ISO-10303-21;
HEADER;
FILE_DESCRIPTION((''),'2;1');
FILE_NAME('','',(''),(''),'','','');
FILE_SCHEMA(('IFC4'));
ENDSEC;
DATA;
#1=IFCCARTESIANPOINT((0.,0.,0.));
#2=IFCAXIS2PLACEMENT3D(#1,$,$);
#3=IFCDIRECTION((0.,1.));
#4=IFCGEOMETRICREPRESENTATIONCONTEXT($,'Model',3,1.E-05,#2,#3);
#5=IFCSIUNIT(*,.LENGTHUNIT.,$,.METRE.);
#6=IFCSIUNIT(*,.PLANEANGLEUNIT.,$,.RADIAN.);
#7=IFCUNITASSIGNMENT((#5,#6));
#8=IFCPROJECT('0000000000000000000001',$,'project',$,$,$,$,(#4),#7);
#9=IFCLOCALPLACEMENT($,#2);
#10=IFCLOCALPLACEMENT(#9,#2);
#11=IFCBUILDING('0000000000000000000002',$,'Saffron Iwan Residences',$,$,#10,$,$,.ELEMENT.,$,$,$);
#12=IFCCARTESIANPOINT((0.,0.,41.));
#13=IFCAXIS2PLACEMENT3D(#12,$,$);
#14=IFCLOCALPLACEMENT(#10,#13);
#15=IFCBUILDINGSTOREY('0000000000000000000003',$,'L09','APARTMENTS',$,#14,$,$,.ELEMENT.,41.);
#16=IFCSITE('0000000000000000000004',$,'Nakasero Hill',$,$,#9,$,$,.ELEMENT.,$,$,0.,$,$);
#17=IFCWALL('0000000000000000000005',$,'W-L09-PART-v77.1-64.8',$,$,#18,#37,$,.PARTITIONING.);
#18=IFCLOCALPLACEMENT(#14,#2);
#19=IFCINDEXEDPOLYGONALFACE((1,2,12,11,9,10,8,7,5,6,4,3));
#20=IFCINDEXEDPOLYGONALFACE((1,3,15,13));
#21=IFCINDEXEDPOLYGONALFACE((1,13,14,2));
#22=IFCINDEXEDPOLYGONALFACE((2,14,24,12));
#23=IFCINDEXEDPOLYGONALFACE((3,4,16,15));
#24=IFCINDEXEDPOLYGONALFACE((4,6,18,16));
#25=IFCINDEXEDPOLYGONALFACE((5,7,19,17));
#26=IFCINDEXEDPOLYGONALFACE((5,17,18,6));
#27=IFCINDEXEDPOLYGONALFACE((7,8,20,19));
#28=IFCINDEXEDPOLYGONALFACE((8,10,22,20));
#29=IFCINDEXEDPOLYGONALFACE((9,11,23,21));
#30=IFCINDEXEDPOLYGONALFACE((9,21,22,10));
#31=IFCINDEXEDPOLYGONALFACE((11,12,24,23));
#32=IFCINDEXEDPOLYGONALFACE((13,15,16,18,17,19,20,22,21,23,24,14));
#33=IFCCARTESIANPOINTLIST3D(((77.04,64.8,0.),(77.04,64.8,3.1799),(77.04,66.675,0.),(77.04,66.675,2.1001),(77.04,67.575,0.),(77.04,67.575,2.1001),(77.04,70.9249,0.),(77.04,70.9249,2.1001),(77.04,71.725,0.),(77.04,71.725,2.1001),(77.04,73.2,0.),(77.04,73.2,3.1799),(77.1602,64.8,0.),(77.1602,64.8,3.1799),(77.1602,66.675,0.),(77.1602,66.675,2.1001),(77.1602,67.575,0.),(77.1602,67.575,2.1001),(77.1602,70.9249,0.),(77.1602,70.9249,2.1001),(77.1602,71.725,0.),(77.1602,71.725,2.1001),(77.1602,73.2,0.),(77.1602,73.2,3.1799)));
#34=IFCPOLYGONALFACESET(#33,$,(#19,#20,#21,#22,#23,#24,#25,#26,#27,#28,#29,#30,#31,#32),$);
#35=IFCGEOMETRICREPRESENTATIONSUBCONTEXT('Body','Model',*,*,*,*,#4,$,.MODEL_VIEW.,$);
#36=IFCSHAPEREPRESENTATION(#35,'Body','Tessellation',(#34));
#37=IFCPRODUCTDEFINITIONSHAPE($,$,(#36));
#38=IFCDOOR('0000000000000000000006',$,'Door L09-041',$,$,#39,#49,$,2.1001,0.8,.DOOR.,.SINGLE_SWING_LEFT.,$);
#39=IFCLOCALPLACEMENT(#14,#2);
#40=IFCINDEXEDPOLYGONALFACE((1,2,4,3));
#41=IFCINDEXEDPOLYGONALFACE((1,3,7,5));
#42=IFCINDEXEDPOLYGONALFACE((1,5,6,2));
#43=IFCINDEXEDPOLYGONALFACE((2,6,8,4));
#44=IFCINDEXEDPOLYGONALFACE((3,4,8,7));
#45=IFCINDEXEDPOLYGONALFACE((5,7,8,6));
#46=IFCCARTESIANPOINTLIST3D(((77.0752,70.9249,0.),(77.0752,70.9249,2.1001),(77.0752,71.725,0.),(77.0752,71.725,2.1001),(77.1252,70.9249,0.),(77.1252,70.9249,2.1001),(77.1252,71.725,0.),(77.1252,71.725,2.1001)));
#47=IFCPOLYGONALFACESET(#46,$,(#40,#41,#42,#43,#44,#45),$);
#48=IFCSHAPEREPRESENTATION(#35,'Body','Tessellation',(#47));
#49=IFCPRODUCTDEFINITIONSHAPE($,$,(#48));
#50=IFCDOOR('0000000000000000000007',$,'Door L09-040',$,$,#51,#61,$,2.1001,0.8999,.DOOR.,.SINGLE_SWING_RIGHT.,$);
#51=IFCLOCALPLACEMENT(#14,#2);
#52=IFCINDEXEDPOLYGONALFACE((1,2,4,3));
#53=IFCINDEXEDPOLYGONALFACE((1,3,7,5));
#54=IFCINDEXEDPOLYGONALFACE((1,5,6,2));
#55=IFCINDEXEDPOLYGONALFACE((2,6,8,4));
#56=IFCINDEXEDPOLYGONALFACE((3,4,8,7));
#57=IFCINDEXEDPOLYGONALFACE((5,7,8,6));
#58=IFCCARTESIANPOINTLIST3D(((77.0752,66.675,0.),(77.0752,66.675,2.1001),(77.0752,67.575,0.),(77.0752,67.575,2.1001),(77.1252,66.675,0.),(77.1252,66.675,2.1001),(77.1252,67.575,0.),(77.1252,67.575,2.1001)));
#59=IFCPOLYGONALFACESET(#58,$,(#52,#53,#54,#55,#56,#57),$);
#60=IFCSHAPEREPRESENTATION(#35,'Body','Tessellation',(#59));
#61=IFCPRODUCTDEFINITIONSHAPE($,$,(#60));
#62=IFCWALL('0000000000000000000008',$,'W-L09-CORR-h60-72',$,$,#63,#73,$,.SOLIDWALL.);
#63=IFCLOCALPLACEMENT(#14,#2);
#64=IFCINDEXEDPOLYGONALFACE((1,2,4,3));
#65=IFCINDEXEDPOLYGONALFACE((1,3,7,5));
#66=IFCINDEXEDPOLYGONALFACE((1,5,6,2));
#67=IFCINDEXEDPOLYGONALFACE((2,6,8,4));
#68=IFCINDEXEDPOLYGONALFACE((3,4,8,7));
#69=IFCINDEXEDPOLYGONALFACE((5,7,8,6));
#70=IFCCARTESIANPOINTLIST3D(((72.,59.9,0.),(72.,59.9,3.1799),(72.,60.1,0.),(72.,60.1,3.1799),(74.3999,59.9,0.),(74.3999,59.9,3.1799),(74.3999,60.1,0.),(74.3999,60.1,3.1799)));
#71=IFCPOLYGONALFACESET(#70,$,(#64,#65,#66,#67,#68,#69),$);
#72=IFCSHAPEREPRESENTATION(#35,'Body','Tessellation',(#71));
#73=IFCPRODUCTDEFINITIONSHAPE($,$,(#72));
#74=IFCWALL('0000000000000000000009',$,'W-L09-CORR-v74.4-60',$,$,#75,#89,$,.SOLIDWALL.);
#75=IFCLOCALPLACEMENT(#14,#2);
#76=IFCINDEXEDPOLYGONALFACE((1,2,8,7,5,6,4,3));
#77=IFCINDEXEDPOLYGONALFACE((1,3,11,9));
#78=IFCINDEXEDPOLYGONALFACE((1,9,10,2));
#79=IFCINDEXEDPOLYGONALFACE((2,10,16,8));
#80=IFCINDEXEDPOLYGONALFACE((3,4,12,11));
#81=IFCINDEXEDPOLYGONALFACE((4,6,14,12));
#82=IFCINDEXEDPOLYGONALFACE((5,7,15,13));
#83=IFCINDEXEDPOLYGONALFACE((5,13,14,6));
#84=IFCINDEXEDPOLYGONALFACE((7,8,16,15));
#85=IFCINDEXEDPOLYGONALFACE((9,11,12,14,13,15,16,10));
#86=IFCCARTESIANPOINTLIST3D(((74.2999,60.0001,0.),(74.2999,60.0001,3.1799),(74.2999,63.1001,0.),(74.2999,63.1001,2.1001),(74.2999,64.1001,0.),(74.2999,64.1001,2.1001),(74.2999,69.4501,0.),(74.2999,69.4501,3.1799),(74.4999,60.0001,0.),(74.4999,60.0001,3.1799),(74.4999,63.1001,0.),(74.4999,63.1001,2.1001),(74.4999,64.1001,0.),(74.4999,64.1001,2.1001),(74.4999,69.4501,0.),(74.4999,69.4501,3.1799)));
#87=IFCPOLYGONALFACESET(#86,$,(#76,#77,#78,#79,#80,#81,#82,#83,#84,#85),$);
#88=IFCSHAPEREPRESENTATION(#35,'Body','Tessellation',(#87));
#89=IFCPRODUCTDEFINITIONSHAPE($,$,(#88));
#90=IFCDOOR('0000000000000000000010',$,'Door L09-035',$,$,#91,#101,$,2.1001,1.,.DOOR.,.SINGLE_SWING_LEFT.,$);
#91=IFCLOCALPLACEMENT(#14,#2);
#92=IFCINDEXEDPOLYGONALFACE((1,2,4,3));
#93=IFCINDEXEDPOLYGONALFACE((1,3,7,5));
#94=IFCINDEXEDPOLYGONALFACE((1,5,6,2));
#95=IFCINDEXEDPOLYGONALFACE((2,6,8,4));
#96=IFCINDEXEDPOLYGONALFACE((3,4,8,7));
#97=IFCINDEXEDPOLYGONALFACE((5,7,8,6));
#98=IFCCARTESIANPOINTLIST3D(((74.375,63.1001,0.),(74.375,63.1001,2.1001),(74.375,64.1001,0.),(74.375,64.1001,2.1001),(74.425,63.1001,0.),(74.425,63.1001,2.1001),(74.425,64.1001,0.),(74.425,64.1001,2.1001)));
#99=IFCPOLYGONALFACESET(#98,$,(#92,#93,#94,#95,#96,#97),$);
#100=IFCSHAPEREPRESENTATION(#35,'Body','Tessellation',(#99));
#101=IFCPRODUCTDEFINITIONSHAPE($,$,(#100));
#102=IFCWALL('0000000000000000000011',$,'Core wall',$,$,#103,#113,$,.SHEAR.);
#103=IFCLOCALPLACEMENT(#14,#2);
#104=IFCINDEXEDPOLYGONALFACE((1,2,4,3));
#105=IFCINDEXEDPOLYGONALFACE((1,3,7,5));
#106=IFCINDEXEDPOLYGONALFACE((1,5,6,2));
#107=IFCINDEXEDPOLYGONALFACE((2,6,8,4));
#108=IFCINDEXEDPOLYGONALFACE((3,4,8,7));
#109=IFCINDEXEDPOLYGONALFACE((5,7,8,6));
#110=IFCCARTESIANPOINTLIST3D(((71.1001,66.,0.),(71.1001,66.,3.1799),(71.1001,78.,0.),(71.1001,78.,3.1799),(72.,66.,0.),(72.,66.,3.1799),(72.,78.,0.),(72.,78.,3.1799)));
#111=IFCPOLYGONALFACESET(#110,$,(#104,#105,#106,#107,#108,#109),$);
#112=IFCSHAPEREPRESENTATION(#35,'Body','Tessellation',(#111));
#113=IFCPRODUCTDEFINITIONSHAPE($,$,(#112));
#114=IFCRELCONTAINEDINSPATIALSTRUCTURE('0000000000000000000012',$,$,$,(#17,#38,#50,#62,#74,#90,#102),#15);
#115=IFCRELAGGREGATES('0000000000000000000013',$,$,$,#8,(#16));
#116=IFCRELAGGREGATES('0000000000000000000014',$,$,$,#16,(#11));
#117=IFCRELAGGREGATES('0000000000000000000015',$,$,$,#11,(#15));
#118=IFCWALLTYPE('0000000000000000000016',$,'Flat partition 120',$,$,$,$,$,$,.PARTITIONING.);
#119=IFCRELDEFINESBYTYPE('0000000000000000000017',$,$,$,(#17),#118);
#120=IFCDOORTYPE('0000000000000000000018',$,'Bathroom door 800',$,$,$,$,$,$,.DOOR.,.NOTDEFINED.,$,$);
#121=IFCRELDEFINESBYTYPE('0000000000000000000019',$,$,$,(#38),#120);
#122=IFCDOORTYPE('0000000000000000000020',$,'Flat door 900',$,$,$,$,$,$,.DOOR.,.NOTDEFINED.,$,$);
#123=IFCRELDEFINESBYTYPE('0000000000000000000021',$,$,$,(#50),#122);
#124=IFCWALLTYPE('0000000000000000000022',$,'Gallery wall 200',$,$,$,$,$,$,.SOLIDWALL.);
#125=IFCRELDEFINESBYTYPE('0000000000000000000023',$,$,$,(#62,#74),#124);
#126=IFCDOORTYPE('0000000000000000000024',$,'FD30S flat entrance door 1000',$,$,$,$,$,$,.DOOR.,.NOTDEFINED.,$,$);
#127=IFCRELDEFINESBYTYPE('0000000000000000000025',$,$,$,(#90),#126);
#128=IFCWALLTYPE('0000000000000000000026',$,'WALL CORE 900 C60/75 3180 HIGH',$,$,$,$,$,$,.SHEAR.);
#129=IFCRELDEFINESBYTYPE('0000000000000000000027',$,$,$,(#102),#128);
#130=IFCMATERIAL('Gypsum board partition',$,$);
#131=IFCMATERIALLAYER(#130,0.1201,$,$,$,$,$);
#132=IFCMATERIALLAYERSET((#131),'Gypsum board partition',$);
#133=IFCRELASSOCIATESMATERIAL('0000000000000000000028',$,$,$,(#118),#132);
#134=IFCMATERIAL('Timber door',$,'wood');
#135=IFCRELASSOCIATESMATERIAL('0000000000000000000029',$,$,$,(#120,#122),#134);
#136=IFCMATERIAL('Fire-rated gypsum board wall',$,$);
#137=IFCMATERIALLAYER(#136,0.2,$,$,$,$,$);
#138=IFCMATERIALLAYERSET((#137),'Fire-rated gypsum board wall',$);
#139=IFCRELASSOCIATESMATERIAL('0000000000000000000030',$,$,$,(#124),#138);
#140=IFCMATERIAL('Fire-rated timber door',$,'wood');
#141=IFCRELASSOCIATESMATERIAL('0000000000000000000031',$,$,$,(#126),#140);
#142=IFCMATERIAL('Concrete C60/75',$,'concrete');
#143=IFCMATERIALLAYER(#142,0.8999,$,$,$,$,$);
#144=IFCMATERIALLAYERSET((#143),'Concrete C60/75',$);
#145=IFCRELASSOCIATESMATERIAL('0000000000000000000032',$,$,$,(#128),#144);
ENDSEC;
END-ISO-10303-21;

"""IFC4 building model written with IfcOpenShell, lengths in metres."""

from ifc_helpers import new_model, si_unit, direction, frame, frame_2d, origin, place, context, subcontext, project, spatial, rectangle, extrude, material, layer, layer_set, type_object, element, fill, save


model = new_model("IFC4")

# Units and contexts
model_context = context("Model", 3, precision=1e-05, world=origin(), true_north=direction((0.0, 1.0)))
body_context = subcontext(model_context, "Body", "Model", "MODEL_VIEW")
ifc_project = project(units=[si_unit("LENGTHUNIT", "METRE"), si_unit("PLANEANGLEUNIT", "RADIAN")], contexts=[model_context])

# Site, building, storey
site_placement = place(None, origin())
site = spatial("IfcSite", under=ifc_project, at=site_placement, Name="Nakasero Hill", CompositionType="ELEMENT", RefElevation=0.0)
building_placement = place(site_placement, origin())
building = spatial("IfcBuilding", under=site, at=building_placement, Name="Saffron Iwan Residences", CompositionType="ELEMENT")
storey_placement = place(building_placement, frame((0.0, 0.0, 41.0)))
storey = spatial("IfcBuildingStorey", under=building, at=storey_placement, Name="L09", Description="APARTMENTS", CompositionType="ELEMENT", Elevation=41.0)

# Shared definitions
ifc_material_1 = material(Name="Concrete C60/75", Category="concrete")

# Shared definitions
ifc_material_2 = material(Name="Fire-rated gypsum board wall")

# Shared definitions
ifc_material_3 = material(Name="Gypsum board partition")
ifc_layer_1 = layer(ifc_material_3, 0.1201)
ifc_layer_set_1 = layer_set([ifc_layer_1], Name="Gypsum board partition")
wall_type_1 = type_object("IfcWallType", Name="Flat partition 120", PredefinedType="PARTITIONING", material=ifc_layer_set_1)
ifc_material_4 = material(Name="Timber door", Category="wood")
door_type_1 = type_object("IfcDoorType", Name="Bathroom door 800", OperationType="NOTDEFINED", PredefinedType="DOOR", material=ifc_material_4)

# Wall, openings, doors
wall_1_placement = place(storey_placement, frame((77.1001, 64.8, 0.0), z_axis=(0.0, 0.0, 1.0), x_axis=(0.0, 1.0, 0.0)))
wall_1 = element("IfcWall", 1, at=wall_1_placement, inside=storey, type_object=wall_type_1, Name="W-L09-PART-v77.1-64.8", PredefinedType="PARTITIONING", context=body_context, shape_type="SweptSolid", body=[
    extrude(rectangle(XDim=8.3999, YDim=0.1201, at=frame_2d((4.2, 0.0))), origin(), (0.0, 0.0, 1.0), 3.1799),
])
opening_1_placement = place(wall_1_placement, frame((1.875, 0.0, 0.0)))
opening_1 = element("IfcOpeningElement", 2, at=opening_1_placement, cuts=wall_1, PredefinedType="OPENING", context=body_context, shape_type="SweptSolid", body=[
    extrude(rectangle(XDim=0.8999, YDim=2.1001, at=frame_2d((0.45, 1.05))), frame((0.0, 0.0701, 0.0), z_axis=(0.0, -1.0, 0.0), x_axis=(1.0, 0.0, 0.0)), (0.0, 0.0, 1.0), 0.1401),
])
opening_2_placement = place(wall_1_placement, frame((6.125, 0.0, 0.0)))
opening_2 = element("IfcOpeningElement", 3, at=opening_2_placement, cuts=wall_1, PredefinedType="OPENING", context=body_context, shape_type="SweptSolid", body=[
    extrude(rectangle(XDim=0.8, YDim=2.1001, at=frame_2d((0.3999, 1.05))), frame((0.0, 0.0701, 0.0), z_axis=(0.0, -1.0, 0.0), x_axis=(1.0, 0.0, 0.0)), (0.0, 0.0, 1.0), 0.1401),
])
door_1_placement = place(opening_2_placement, origin())
door_1 = element("IfcDoor", 4, at=door_1_placement, inside=storey, type_object=door_type_1, Name="Door L09-041", OperationType="SINGLE_SWING_LEFT", OverallHeight=2.1001, OverallWidth=0.8, PredefinedType="DOOR", context=body_context, shape_type="SweptSolid", body=[
    extrude(rectangle(XDim=0.8, YDim=2.1001, at=frame_2d((0.3999, 1.05))), frame((0.0, 0.0249, 0.0), z_axis=(0.0, -1.0, 0.0), x_axis=(1.0, 0.0, 0.0)), (0.0, 0.0, 1.0), 0.05),
])
fill(opening_2, door_1)
door_type_2 = type_object("IfcDoorType", Name="Flat door 900", OperationType="NOTDEFINED", PredefinedType="DOOR", material=ifc_material_4)
door_2_placement = place(opening_1_placement, origin())
door_2 = element("IfcDoor", 5, at=door_2_placement, inside=storey, type_object=door_type_2, Name="Door L09-040", OperationType="SINGLE_SWING_RIGHT", OverallHeight=2.1001, OverallWidth=0.8999, PredefinedType="DOOR", context=body_context, shape_type="SweptSolid", body=[
    extrude(rectangle(XDim=0.8999, YDim=2.1001, at=frame_2d((0.45, 1.05))), frame((0.0, 0.0249, 0.0), z_axis=(0.0, -1.0, 0.0), x_axis=(1.0, 0.0, 0.0)), (0.0, 0.0, 1.0), 0.05),
])
fill(opening_1, door_2)

# Wall
ifc_layer_2 = layer(ifc_material_2, 0.2)
ifc_layer_set_2 = layer_set([ifc_layer_2], Name="Fire-rated gypsum board wall")
wall_type_2 = type_object("IfcWallType", Name="Gallery wall 200", PredefinedType="SOLIDWALL", material=ifc_layer_set_2)
wall_2_placement = place(storey_placement, frame((72.0, 60.0, 0.0), z_axis=(0.0, 0.0, 1.0), x_axis=(1.0, 0.0, 0.0)))
element("IfcWall", 6, at=wall_2_placement, inside=storey, type_object=wall_type_2, Name="W-L09-CORR-h60-72", PredefinedType="SOLIDWALL", context=body_context, shape_type="SweptSolid", body=[
    extrude(rectangle(XDim=2.3999, YDim=0.2, at=frame_2d((1.2, 0.0))), origin(), (0.0, 0.0, 1.0), 3.1799),
])

# Wall, opening, door
wall_3_placement = place(storey_placement, frame((74.3999, 60.0, 0.0), z_axis=(0.0, 0.0, 1.0), x_axis=(0.0, 1.0, 0.0)))
wall_3 = element("IfcWall", 7, at=wall_3_placement, inside=storey, type_object=wall_type_2, Name="W-L09-CORR-v74.4-60", PredefinedType="SOLIDWALL", context=body_context, shape_type="SweptSolid", body=[
    extrude(rectangle(XDim=9.45, YDim=0.2, at=frame_2d((4.7251, 0.0))), origin(), (0.0, 0.0, 1.0), 3.1799),
])
opening_3_placement = place(wall_3_placement, frame((3.1001, 0.0, 0.0)))
opening_3 = element("IfcOpeningElement", 8, at=opening_3_placement, cuts=wall_3, PredefinedType="OPENING", context=body_context, shape_type="SweptSolid", body=[
    extrude(rectangle(XDim=1.0, YDim=2.1001, at=frame_2d((0.5, 1.05))), frame((0.0, 0.1099, 0.0), z_axis=(0.0, -1.0, 0.0), x_axis=(1.0, 0.0, 0.0)), (0.0, 0.0, 1.0), 0.22),
])
ifc_material_5 = material(Name="Fire-rated timber door", Category="wood")
door_type_3 = type_object("IfcDoorType", Name="FD30S flat entrance door 1000", OperationType="NOTDEFINED", PredefinedType="DOOR", material=ifc_material_5)
door_3_placement = place(opening_3_placement, origin())
door_3 = element("IfcDoor", 9, at=door_3_placement, inside=storey, type_object=door_type_3, Name="Door L09-035", OperationType="SINGLE_SWING_LEFT", OverallHeight=2.1001, OverallWidth=1.0, PredefinedType="DOOR", context=body_context, shape_type="SweptSolid", body=[
    extrude(rectangle(XDim=1.0, YDim=2.1001, at=frame_2d((0.5, 1.05))), frame((0.0, 0.0249, 0.0), z_axis=(0.0, -1.0, 0.0), x_axis=(1.0, 0.0, 0.0)), (0.0, 0.0, 1.0), 0.05),
])
fill(opening_3, door_3)

# Wall
ifc_layer_3 = layer(ifc_material_1, 0.8999)
ifc_layer_set_3 = layer_set([ifc_layer_3], Name="Concrete C60/75")
wall_type_3 = type_object("IfcWallType", Name="WALL CORE 900 C60/75 3180 HIGH", PredefinedType="SHEAR", material=ifc_layer_set_3)
wall_4_placement = place(storey_placement, frame((71.55, 66.0, 0.0), z_axis=(0.0, 0.0, 1.0), x_axis=(0.0, 1.0, 0.0)))
element("IfcWall", 10, at=wall_4_placement, inside=storey, type_object=wall_type_3, Name="Core wall", PredefinedType="SHEAR", context=body_context, shape_type="SweptSolid", body=[
    extrude(rectangle(XDim=12.0, YDim=0.8999, at=frame_2d((6.0, 0.0))), origin(), (0.0, 0.0, 1.0), 3.1799),
])

save(model, "model.ifc")
